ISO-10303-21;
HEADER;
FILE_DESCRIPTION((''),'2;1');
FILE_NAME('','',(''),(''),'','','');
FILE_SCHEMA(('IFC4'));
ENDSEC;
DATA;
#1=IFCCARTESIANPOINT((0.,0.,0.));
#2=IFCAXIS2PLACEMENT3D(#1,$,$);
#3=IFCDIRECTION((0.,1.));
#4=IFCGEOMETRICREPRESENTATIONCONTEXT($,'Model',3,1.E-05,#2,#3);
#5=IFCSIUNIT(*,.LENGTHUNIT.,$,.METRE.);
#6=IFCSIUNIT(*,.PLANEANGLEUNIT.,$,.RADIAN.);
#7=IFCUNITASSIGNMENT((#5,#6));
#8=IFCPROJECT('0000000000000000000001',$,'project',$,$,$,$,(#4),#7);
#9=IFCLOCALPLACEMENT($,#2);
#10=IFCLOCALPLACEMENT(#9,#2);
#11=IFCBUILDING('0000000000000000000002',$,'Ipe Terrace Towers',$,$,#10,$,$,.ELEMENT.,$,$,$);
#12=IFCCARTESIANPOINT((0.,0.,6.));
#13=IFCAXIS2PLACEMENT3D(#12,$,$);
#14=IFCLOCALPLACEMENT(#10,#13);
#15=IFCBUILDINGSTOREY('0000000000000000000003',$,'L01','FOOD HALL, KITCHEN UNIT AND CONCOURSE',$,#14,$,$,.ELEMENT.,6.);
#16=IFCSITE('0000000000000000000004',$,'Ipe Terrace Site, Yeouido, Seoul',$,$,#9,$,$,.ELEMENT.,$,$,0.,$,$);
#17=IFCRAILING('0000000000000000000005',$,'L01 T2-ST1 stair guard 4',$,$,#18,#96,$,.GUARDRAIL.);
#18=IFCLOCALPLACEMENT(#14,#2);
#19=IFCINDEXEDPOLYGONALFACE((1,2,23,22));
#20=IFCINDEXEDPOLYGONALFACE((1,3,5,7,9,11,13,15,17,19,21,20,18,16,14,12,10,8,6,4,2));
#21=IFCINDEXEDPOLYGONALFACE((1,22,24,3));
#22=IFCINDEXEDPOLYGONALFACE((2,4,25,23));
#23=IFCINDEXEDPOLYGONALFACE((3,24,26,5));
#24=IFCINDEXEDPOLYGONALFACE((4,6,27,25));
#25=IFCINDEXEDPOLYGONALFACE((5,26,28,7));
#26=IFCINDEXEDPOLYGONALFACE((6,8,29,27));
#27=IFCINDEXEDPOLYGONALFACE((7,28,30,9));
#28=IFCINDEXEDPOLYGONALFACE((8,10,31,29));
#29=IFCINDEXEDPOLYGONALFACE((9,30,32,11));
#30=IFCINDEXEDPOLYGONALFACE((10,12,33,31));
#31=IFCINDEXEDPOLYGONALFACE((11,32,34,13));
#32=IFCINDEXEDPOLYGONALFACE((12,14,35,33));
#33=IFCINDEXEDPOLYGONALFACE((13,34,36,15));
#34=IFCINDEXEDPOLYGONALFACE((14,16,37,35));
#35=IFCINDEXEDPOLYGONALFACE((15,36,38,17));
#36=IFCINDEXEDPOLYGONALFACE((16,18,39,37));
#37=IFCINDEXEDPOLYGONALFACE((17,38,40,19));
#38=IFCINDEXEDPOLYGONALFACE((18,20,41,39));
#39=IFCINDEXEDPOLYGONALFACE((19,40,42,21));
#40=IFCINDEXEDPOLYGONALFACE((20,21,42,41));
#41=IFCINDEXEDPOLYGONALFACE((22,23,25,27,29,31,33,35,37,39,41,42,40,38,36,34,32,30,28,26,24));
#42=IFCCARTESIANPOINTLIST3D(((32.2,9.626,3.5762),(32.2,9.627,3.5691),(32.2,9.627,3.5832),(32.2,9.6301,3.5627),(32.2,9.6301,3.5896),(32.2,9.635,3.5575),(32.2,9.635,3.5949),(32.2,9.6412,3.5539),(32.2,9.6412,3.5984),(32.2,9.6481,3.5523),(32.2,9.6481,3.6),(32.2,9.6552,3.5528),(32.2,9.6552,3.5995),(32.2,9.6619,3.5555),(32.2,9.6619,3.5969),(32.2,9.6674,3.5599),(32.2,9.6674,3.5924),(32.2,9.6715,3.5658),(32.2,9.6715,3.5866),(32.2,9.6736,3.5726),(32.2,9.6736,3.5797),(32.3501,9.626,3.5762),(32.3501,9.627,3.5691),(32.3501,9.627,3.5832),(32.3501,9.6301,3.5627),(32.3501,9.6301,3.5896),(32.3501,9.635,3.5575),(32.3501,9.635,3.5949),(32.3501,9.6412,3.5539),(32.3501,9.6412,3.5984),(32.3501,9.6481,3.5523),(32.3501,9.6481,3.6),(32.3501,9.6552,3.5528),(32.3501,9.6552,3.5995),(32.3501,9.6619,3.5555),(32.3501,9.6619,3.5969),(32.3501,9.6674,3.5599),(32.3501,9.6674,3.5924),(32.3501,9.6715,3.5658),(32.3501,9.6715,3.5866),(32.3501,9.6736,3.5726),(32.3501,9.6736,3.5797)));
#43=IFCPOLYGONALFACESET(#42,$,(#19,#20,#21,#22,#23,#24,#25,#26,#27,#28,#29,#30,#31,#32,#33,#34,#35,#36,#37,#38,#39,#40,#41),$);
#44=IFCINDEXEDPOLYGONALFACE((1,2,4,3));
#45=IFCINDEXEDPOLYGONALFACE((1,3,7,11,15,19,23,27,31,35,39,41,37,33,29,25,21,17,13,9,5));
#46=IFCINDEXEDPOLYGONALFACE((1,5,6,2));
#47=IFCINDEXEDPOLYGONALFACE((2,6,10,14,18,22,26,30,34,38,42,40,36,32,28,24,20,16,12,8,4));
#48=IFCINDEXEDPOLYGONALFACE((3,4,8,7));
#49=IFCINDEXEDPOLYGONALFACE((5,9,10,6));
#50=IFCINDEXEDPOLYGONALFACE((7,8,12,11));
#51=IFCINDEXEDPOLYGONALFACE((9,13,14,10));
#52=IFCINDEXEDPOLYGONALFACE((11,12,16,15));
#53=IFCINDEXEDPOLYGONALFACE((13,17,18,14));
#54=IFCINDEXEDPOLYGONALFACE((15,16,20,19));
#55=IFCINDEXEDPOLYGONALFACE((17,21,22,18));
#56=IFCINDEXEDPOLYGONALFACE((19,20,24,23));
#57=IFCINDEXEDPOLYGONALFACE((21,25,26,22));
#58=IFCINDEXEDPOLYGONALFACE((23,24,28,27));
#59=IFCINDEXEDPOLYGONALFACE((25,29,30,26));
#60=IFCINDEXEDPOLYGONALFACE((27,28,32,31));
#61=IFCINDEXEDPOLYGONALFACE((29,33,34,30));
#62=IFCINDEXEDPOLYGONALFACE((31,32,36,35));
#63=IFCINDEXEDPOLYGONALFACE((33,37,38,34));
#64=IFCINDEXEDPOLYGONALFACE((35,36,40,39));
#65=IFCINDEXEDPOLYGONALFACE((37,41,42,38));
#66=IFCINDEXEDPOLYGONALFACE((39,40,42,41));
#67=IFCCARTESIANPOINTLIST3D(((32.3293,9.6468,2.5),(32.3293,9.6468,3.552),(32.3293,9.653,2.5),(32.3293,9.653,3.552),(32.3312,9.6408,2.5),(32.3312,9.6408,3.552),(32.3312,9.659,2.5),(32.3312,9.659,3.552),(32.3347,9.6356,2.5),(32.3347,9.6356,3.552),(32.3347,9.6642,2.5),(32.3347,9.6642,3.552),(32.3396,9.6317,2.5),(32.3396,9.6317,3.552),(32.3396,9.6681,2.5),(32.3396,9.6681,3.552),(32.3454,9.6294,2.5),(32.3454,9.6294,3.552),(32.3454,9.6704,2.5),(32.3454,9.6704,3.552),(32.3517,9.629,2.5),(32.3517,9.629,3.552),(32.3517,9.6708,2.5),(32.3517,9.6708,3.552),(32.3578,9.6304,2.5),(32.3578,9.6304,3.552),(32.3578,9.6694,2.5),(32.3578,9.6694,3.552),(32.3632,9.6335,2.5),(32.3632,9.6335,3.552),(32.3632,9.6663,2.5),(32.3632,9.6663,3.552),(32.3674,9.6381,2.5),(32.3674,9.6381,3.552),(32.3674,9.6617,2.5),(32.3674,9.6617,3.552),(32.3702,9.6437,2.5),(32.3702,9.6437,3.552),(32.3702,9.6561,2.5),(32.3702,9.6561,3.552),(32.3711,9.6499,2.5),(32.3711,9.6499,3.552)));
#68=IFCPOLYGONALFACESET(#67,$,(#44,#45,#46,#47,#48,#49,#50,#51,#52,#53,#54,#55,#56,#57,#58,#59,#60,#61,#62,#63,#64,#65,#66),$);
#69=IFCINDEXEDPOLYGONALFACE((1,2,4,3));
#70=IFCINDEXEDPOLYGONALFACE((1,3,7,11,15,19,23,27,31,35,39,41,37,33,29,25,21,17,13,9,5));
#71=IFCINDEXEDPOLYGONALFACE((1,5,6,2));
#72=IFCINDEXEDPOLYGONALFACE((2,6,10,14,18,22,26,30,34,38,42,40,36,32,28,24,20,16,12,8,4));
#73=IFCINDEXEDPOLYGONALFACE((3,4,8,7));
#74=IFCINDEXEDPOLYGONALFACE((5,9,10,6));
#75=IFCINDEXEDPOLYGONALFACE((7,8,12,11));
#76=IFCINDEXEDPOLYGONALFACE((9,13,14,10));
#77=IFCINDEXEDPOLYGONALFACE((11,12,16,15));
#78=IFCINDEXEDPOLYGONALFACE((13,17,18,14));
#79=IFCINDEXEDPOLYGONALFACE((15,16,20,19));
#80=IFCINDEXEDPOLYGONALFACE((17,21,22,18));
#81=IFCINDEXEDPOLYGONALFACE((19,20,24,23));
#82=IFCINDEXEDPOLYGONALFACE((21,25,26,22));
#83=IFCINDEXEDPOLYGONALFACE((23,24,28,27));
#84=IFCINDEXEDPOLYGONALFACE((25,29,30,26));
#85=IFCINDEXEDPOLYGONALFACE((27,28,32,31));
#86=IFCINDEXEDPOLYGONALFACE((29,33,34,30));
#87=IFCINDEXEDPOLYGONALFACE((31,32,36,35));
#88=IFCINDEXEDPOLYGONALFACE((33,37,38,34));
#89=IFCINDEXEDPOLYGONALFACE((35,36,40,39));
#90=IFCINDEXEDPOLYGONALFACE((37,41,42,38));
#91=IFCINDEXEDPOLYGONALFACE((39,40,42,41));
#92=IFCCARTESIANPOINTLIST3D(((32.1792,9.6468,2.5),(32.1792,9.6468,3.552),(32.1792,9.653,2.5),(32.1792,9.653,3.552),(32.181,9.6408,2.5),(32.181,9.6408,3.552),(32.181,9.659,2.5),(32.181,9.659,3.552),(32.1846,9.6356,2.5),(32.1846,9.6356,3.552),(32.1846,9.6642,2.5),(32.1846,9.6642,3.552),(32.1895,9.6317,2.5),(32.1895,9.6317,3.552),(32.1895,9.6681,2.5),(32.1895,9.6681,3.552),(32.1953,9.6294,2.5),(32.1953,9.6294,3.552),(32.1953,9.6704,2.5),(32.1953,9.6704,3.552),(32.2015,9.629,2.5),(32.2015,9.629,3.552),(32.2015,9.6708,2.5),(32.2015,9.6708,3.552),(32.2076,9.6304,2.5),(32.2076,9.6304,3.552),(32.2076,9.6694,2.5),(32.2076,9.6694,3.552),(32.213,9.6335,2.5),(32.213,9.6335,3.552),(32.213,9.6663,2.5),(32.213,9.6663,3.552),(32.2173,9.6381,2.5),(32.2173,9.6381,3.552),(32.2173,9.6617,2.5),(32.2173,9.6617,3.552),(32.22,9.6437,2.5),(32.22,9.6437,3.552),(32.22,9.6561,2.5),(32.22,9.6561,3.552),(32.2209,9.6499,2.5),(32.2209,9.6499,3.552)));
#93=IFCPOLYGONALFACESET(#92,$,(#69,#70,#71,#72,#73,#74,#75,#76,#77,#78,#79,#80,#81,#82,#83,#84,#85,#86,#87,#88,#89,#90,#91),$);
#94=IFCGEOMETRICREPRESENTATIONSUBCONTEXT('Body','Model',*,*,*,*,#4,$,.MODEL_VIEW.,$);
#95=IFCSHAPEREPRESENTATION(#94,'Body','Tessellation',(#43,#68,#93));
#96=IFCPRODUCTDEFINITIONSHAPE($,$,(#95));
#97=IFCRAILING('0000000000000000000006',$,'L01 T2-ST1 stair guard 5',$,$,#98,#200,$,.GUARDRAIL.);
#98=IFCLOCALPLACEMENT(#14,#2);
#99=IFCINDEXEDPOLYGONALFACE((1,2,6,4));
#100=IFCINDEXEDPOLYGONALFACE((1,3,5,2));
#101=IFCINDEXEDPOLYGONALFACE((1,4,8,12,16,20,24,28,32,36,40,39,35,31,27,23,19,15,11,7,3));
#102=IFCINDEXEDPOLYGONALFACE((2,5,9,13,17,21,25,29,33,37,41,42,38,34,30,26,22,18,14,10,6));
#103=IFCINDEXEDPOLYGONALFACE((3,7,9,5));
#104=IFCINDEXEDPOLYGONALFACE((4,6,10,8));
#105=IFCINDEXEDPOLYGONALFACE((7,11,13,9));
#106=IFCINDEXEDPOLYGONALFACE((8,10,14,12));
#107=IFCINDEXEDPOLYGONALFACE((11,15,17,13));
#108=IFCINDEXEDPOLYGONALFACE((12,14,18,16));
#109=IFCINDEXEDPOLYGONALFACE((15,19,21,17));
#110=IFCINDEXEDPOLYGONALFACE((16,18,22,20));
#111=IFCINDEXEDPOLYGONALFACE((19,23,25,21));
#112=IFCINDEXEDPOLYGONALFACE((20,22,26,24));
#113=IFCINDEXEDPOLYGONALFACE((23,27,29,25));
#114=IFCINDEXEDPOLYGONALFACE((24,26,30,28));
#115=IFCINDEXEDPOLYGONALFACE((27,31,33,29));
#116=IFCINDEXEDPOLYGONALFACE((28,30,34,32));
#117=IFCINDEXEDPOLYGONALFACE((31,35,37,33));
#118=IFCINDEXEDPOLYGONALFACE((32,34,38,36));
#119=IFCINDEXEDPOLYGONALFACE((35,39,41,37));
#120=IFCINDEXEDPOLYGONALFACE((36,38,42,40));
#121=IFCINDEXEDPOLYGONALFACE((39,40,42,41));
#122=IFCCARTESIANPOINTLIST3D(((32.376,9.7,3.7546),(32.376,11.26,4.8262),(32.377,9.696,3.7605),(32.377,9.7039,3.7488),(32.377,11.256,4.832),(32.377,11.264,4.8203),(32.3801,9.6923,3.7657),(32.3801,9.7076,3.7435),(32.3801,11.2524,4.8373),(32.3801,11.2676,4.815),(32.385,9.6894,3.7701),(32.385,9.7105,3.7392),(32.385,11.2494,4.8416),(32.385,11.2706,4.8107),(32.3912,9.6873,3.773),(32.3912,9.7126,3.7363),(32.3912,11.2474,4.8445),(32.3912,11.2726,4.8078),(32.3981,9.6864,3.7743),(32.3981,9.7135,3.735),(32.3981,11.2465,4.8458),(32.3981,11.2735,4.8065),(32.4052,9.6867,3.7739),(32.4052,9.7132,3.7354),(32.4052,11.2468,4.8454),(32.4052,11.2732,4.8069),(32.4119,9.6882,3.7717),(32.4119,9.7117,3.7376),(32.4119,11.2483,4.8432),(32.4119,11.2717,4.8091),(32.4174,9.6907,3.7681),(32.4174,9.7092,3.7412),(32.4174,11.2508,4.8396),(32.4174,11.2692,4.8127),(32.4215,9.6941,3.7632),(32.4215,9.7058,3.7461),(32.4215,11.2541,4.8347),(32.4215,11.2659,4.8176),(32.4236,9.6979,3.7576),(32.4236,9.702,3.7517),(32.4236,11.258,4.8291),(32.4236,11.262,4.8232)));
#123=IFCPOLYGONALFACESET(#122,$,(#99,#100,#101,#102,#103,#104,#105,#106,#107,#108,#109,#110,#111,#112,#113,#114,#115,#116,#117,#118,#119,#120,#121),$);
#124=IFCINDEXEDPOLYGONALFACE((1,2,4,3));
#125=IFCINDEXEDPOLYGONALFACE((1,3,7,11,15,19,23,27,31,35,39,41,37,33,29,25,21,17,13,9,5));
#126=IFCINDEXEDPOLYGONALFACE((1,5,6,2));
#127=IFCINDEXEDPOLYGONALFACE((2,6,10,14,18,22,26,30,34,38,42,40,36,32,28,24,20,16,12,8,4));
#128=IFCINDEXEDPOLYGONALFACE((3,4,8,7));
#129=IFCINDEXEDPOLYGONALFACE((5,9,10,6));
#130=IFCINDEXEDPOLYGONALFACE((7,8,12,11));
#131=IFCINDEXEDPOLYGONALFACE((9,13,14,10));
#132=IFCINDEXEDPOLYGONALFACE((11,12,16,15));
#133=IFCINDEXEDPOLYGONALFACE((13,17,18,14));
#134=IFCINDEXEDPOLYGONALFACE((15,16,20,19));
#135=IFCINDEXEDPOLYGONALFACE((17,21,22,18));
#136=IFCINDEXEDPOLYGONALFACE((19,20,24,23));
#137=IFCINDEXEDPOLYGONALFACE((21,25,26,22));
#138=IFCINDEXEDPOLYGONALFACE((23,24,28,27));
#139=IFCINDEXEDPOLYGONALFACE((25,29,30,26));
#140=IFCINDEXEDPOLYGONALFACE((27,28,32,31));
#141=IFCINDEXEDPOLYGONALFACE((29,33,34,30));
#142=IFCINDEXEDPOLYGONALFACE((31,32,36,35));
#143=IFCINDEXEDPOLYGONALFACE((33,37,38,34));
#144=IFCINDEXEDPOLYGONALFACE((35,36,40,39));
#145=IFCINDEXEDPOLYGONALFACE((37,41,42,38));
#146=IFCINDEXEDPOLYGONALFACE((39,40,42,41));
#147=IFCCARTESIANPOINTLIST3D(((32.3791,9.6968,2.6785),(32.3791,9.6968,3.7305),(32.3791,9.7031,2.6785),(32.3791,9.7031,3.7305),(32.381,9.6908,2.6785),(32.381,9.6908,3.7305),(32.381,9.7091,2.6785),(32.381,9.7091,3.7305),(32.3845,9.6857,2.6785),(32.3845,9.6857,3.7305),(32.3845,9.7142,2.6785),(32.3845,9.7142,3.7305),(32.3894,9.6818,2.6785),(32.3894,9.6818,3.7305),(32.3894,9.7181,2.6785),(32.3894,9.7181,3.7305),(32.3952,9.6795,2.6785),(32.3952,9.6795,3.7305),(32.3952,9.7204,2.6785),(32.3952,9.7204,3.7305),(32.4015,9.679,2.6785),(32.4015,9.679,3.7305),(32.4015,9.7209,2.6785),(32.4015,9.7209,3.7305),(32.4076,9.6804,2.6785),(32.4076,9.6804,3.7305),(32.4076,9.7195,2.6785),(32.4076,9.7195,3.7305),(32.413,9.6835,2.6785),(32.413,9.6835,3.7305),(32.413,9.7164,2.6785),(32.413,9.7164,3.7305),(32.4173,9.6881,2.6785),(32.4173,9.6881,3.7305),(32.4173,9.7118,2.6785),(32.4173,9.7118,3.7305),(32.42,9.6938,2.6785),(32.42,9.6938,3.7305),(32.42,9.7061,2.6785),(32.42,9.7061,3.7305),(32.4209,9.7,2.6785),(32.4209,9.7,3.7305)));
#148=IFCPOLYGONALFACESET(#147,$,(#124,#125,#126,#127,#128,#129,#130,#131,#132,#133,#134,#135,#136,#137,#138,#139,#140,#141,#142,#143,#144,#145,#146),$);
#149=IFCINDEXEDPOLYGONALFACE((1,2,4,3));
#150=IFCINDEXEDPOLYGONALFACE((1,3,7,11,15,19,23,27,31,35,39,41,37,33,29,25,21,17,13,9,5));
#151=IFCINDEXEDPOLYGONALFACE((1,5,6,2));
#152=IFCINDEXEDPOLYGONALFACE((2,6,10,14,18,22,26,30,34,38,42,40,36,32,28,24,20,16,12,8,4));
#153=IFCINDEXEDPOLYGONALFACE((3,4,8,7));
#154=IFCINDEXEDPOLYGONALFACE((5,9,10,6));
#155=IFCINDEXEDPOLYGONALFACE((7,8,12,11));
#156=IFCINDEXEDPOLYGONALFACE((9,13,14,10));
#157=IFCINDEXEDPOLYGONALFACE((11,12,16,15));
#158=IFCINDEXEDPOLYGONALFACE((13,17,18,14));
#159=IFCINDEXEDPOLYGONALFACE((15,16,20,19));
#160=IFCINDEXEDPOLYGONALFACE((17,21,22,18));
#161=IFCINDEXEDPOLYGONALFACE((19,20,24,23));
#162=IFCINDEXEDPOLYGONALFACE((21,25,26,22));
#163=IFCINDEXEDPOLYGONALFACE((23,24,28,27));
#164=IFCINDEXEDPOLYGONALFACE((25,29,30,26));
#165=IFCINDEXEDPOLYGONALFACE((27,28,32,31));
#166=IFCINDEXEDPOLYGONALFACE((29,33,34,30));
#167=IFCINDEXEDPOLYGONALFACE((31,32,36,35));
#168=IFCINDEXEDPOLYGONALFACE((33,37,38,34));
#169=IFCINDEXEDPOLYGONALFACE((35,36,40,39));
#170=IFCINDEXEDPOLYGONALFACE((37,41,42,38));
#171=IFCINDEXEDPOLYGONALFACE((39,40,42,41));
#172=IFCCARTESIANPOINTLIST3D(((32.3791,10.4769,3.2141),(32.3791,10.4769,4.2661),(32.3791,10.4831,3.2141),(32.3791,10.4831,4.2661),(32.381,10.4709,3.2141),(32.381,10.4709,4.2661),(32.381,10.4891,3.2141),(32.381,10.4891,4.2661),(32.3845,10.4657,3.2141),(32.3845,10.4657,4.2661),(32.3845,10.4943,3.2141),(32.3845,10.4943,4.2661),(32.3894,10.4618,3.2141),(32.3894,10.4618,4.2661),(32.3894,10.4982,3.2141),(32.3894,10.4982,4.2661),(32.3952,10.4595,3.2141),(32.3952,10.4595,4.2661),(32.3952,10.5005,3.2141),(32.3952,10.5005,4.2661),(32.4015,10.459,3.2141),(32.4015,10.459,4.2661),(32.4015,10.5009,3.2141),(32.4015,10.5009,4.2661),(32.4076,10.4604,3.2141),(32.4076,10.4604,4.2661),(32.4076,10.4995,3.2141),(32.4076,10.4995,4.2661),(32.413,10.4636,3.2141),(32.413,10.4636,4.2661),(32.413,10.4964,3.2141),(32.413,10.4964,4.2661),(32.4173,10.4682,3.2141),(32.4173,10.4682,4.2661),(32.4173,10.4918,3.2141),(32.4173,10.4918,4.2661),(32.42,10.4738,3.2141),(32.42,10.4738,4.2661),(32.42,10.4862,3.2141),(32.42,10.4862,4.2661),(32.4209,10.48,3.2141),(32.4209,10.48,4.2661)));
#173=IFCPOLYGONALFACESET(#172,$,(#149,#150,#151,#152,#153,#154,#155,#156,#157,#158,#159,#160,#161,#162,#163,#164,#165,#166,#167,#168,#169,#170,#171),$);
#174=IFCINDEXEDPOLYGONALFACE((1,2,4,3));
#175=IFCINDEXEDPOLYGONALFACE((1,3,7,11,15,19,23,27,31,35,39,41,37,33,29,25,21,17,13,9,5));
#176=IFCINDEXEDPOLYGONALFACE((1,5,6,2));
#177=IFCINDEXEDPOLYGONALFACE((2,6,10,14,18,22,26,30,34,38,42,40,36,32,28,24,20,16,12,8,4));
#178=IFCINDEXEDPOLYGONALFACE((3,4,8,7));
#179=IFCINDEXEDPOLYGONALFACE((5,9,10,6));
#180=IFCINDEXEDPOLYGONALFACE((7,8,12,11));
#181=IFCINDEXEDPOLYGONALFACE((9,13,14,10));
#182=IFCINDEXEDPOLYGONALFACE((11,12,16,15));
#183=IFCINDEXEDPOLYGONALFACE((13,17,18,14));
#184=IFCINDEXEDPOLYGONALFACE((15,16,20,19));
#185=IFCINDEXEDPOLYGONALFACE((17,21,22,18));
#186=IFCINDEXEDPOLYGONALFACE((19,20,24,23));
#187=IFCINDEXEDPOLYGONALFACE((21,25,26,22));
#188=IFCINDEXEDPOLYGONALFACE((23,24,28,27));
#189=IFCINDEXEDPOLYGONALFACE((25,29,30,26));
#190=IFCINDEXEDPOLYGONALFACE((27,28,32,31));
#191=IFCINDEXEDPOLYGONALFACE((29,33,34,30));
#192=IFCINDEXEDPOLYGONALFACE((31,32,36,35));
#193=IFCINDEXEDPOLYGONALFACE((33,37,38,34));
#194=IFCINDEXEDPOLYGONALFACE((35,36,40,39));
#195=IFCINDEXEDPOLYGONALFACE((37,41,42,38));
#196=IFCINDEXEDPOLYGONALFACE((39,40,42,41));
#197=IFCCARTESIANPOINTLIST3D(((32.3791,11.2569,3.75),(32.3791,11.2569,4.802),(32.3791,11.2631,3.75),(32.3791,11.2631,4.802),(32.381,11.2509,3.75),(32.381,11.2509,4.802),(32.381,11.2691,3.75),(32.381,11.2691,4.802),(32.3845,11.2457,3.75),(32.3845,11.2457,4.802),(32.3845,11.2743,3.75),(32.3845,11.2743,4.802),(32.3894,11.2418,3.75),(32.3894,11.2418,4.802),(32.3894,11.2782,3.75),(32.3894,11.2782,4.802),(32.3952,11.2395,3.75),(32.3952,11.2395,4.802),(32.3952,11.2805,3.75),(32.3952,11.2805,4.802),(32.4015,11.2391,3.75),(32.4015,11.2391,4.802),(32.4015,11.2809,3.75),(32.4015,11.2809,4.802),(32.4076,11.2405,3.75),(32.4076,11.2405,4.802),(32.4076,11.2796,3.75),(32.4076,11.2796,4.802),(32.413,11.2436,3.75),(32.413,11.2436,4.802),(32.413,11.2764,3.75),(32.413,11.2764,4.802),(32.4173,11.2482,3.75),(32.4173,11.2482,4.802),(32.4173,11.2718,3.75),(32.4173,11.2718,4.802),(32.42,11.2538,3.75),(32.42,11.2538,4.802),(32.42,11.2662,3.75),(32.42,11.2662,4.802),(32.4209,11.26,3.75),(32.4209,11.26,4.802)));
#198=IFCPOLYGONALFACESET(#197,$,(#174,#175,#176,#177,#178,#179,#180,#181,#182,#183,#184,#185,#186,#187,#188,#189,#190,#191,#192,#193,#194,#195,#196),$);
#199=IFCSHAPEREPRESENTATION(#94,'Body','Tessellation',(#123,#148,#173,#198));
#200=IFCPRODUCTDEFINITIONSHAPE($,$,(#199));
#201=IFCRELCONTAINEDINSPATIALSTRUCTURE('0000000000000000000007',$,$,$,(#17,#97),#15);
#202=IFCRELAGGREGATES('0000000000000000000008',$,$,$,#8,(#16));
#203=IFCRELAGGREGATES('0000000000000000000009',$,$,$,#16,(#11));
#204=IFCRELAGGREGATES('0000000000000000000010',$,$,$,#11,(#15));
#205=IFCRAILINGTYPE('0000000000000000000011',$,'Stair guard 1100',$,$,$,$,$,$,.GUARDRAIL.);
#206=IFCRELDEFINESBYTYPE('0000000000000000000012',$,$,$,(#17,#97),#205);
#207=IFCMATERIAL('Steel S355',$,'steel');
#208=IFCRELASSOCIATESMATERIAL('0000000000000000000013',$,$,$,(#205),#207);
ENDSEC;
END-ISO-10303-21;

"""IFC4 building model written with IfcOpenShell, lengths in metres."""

from ifc_helpers import new_model, si_unit, direction, frame, origin, origin_2d, place, context, subcontext, project, spatial, circle, extrude, material, type_object, element, save


model = new_model("IFC4")

# Units and contexts
model_context = context("Model", 3, precision=1e-05, world=origin(), true_north=direction((0.0, 1.0)))
body_context = subcontext(model_context, "Body", "Model", "MODEL_VIEW")
ifc_project = project(units=[si_unit("LENGTHUNIT", "METRE"), si_unit("PLANEANGLEUNIT", "RADIAN")], contexts=[model_context])

# Site, building, storey
site_placement = place(None, origin())
site = spatial("IfcSite", under=ifc_project, at=site_placement, Name="Ipe Terrace Site, Yeouido, Seoul", CompositionType="ELEMENT", RefElevation=0.0)
building_placement = place(site_placement, origin())
building = spatial("IfcBuilding", under=site, at=building_placement, Name="Ipe Terrace Towers", CompositionType="ELEMENT")
storey_placement = place(building_placement, frame((0.0, 0.0, 6.0)))
storey = spatial("IfcBuildingStorey", under=building, at=storey_placement, Name="L01", Description="FOOD HALL, KITCHEN UNIT AND CONCOURSE", CompositionType="ELEMENT", Elevation=6.0)

# Railings
ifc_material_1 = material(Name="Steel S355", Category="steel")
railing_type_1 = type_object("IfcRailingType", Name="Stair guard 1100", PredefinedType="GUARDRAIL", material=ifc_material_1)
railing_1_placement = place(storey_placement, frame((32.3501, 9.6499, 2.5)))
element("IfcRailing", 1, at=railing_1_placement, inside=storey, type_object=railing_type_1, Name="L01 T2-ST1 stair guard 4", PredefinedType="GUARDRAIL", context=body_context, shape_type="SweptSolid", body=[
    extrude(circle(Radius=0.0239, at=origin_2d()), frame((0.0, 0.0, 1.0762), z_axis=(-1.0, 0.0, 0.0), x_axis=(0.0, -1.0, 0.0)), (0.0, 0.0, 1.0), 0.1501),
    extrude(circle(Radius=0.021, at=origin_2d()), origin(), (0.0, 0.0, 1.0), 1.052),
    extrude(circle(Radius=0.021, at=origin_2d()), frame((-0.1501, 0.0, 0.0)), (0.0, 0.0, 1.0), 1.052),
])
railing_2_placement = place(storey_placement, frame((32.3999, 9.7, 2.6785)))
element("IfcRailing", 2, at=railing_2_placement, inside=storey, type_object=railing_type_1, Name="L01 T2-ST1 stair guard 5", PredefinedType="GUARDRAIL", context=body_context, shape_type="SweptSolid", body=[
    extrude(circle(Radius=0.0239, at=origin_2d()), frame((0.0, 0.0, 1.0762), z_axis=(0.0, 0.82429, 0.566167), x_axis=(-1.0, 0.0, 0.0)), (0.0, 0.0, 1.0), 1.8926),
    extrude(circle(Radius=0.021, at=origin_2d()), origin(), (0.0, 0.0, 1.0), 1.052),
    extrude(circle(Radius=0.021, at=origin_2d()), frame((0.0, 0.78, 0.5356)), (0.0, 0.0, 1.0), 1.052),
    extrude(circle(Radius=0.021, at=origin_2d()), frame((0.0, 1.5601, 1.0715)), (0.0, 0.0, 1.0), 1.052),
])

save(model, "model.ifc")
